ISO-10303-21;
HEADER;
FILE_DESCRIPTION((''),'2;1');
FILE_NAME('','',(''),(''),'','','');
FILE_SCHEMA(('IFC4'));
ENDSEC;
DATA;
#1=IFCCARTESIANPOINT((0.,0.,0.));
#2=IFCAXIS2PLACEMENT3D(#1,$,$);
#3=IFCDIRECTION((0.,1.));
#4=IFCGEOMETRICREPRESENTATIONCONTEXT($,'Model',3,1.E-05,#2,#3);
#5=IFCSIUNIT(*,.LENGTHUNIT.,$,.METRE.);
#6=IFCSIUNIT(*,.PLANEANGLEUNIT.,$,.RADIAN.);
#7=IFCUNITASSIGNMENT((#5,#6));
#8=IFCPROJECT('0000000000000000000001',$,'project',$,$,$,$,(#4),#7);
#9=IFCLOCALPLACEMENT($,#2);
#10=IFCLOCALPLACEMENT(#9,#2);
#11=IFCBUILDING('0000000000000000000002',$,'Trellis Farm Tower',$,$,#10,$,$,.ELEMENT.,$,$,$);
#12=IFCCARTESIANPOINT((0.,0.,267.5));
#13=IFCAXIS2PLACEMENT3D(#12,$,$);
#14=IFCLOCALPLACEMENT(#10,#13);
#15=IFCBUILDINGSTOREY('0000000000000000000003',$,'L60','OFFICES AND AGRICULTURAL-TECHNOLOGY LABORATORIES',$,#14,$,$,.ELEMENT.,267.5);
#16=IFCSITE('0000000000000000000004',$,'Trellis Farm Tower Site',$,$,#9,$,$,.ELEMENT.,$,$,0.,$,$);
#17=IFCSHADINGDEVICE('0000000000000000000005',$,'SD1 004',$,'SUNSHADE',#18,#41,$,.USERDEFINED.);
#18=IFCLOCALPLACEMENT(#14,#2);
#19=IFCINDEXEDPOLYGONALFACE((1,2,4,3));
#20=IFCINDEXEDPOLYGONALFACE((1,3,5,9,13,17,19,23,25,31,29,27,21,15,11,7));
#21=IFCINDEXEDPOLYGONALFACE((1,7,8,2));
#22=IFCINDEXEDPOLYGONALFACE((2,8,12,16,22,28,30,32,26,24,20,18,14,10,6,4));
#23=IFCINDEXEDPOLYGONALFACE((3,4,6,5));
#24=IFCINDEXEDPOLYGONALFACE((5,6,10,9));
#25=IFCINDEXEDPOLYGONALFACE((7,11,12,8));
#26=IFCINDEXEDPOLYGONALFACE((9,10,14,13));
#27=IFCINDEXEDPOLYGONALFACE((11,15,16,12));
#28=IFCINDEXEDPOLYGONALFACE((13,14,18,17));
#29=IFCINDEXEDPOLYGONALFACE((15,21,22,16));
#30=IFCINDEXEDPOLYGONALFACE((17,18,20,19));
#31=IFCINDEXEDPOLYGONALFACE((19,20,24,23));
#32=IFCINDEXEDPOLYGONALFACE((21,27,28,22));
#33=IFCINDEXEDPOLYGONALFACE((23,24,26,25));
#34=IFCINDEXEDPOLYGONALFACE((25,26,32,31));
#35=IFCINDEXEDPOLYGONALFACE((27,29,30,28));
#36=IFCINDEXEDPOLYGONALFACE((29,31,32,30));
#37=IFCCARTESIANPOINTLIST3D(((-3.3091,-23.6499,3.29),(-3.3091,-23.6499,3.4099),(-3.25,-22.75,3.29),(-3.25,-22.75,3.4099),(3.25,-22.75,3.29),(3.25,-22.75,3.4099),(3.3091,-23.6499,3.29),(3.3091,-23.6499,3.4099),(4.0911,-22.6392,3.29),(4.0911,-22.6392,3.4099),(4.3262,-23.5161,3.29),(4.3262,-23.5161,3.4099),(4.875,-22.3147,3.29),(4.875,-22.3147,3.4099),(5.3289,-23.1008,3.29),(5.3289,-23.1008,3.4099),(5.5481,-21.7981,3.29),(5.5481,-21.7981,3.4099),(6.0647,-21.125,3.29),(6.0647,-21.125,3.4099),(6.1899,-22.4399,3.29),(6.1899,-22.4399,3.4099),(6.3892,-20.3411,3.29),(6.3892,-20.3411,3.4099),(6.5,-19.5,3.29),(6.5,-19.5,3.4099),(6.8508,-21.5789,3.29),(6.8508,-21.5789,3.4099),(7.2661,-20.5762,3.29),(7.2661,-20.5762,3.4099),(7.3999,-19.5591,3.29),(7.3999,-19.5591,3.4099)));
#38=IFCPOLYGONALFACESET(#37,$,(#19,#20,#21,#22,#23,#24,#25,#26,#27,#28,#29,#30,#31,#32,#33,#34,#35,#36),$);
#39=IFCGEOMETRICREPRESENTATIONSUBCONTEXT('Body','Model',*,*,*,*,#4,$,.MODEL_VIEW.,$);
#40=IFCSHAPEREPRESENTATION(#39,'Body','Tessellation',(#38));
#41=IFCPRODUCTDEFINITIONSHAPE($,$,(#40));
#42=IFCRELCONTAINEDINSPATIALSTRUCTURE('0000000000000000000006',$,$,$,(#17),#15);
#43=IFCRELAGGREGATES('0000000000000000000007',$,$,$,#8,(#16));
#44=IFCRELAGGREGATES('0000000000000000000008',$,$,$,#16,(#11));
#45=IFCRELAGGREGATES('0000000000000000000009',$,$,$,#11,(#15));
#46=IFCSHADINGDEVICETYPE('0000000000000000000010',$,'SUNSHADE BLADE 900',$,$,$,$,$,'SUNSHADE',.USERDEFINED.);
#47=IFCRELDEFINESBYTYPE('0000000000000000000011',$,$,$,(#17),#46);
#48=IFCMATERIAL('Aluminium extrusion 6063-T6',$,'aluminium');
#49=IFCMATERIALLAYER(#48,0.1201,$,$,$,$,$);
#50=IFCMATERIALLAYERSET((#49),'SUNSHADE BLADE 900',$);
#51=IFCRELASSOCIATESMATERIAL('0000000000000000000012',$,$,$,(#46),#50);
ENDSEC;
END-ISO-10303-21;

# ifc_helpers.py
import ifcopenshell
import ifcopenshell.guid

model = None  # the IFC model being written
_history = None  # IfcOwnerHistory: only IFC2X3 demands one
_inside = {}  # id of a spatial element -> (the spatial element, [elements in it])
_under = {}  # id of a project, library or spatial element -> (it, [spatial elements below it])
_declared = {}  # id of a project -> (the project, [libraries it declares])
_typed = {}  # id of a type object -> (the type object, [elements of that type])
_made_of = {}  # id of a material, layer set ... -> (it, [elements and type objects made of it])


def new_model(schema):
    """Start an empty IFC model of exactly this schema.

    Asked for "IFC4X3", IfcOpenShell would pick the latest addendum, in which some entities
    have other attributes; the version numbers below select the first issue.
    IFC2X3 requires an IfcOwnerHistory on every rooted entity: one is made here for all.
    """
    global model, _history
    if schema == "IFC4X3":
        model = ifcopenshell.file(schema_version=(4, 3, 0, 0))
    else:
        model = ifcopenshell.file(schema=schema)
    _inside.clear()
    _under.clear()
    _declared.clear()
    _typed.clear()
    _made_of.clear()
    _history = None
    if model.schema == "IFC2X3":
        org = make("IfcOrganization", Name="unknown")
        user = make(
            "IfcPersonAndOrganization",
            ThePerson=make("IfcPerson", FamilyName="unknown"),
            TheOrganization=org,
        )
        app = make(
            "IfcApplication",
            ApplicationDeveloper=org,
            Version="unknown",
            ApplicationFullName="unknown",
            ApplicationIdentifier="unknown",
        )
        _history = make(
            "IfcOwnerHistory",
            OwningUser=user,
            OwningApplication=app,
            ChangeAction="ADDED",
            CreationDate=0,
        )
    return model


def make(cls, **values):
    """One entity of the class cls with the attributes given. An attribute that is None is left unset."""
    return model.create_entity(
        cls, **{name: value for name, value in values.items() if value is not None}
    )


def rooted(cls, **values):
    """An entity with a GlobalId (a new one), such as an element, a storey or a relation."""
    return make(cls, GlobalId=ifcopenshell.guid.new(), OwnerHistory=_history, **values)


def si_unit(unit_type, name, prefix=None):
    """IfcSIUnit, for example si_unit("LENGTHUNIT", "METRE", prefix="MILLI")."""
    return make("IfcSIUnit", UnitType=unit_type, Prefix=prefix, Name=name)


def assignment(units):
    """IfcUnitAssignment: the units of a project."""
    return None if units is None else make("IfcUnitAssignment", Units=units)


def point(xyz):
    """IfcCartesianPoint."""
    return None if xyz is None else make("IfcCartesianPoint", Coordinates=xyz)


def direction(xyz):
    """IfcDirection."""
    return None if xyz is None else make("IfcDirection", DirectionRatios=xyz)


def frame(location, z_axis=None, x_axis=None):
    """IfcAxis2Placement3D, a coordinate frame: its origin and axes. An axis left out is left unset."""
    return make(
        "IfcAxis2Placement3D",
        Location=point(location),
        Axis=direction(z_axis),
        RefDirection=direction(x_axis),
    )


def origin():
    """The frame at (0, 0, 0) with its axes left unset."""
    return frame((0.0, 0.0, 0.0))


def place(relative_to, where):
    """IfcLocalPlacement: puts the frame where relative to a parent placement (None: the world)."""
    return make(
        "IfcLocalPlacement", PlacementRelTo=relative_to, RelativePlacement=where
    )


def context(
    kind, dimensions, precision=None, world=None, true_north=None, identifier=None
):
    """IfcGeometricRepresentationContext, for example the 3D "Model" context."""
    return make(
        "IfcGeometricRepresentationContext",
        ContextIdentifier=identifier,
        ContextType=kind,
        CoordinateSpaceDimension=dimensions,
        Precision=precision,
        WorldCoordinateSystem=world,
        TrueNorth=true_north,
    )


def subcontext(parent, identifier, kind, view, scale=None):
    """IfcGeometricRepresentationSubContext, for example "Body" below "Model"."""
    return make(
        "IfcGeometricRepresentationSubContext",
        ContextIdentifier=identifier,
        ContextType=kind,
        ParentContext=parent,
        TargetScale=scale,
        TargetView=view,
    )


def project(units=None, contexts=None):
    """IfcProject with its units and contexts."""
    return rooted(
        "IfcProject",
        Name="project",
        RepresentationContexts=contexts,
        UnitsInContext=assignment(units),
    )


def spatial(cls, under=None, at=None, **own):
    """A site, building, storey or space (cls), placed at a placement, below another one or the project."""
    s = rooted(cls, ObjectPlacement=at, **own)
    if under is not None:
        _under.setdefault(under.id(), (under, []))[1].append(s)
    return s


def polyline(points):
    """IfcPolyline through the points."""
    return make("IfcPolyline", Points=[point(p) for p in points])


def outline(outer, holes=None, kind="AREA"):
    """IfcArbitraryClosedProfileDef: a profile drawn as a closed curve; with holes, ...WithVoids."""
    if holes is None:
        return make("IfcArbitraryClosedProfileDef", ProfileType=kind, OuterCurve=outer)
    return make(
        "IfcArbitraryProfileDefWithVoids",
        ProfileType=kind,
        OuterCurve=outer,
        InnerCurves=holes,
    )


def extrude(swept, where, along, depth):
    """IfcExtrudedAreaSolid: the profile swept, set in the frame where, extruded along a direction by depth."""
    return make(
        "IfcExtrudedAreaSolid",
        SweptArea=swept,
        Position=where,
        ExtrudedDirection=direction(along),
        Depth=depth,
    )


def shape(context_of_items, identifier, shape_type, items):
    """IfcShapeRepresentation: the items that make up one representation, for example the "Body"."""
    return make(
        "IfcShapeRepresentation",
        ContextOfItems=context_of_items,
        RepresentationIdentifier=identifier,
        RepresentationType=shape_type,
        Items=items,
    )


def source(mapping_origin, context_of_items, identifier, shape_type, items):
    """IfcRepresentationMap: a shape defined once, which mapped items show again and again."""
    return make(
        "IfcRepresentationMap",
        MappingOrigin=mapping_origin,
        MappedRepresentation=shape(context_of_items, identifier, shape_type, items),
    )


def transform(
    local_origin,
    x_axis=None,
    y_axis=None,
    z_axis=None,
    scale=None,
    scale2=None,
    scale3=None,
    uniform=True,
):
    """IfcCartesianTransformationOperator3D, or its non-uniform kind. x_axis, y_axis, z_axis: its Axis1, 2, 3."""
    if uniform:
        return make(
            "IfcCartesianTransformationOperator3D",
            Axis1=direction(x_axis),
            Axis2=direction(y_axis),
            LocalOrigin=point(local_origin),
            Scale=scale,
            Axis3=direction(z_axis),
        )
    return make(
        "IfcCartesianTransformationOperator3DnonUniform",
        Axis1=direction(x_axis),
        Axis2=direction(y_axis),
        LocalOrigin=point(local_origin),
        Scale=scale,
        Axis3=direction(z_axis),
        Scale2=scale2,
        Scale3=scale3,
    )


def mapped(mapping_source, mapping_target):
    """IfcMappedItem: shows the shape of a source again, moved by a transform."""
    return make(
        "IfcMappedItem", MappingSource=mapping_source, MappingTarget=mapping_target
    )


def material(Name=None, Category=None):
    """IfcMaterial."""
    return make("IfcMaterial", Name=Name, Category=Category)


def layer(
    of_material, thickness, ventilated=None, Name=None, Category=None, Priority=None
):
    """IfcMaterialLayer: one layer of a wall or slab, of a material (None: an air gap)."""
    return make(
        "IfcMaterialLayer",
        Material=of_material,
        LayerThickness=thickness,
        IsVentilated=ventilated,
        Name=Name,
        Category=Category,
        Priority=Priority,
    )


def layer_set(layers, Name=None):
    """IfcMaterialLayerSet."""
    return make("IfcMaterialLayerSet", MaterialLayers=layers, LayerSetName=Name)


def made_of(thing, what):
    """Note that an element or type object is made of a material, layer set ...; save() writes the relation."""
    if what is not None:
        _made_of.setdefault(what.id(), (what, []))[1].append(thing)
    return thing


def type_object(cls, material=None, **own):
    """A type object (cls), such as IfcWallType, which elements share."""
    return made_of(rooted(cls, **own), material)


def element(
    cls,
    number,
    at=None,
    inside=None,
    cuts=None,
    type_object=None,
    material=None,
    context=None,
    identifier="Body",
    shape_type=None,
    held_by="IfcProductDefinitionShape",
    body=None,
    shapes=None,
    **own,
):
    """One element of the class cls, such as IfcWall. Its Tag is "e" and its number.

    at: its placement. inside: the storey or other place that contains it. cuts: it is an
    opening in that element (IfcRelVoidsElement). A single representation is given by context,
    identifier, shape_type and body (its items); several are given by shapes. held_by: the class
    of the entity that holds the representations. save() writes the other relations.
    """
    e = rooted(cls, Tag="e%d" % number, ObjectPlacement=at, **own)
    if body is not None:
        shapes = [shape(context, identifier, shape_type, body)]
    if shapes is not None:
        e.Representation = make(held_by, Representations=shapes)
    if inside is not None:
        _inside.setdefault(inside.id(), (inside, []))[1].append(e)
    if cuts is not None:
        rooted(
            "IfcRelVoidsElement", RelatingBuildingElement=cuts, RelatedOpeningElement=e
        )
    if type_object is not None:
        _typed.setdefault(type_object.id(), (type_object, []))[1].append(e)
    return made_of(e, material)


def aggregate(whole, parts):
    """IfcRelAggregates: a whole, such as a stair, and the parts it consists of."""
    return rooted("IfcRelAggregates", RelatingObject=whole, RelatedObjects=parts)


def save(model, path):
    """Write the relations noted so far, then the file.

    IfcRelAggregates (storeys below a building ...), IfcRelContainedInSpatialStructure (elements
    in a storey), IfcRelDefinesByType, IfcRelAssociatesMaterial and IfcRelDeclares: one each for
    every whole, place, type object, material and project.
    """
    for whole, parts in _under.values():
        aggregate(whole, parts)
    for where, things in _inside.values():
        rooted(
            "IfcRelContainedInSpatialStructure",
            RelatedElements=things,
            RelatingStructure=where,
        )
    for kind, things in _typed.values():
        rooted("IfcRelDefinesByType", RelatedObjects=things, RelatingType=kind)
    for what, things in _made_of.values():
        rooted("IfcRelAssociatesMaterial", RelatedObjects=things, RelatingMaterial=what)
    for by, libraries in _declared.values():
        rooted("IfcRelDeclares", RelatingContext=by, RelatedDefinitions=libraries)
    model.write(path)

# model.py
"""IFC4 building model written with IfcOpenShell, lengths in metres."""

from ifc_helpers import new_model, si_unit, direction, frame, origin, place, context, subcontext, project, spatial, polyline, outline, extrude, source, transform, mapped, material, layer, layer_set, type_object, element, save


model = new_model("IFC4")

# Units and contexts
model_context = context("Model", 3, precision=1e-05, world=origin(), true_north=direction((0.0, 1.0)))
body_context = subcontext(model_context, "Body", "Model", "MODEL_VIEW")
ifc_project = project(units=[si_unit("LENGTHUNIT", "METRE"), si_unit("PLANEANGLEUNIT", "RADIAN")], contexts=[model_context])

# Site, building, storey
site_placement = place(None, origin())
site = spatial("IfcSite", under=ifc_project, at=site_placement, Name="Trellis Farm Tower Site", CompositionType="ELEMENT", RefElevation=0.0)
building_placement = place(site_placement, origin())
building = spatial("IfcBuilding", under=site, at=building_placement, Name="Trellis Farm Tower", CompositionType="ELEMENT")
storey_placement = place(building_placement, frame((0.0, 0.0, 267.5)))
storey = spatial("IfcBuildingStorey", under=building, at=storey_placement, Name="L60", Description="OFFICES AND AGRICULTURAL-TECHNOLOGY LABORATORIES", CompositionType="ELEMENT", Elevation=267.5)

# Shared definitions
ifc_material_1 = material(Name="Aluminium extrusion 6063-T6", Category="aluminium")

# Shading device
ifc_layer_1 = layer(ifc_material_1, 0.1201)
ifc_layer_set_1 = layer_set([ifc_layer_1], Name="SUNSHADE BLADE 900")
shading_device_type = type_object("IfcShadingDeviceType", Name="SUNSHADE BLADE 900", ElementType="SUNSHADE", PredefinedType="USERDEFINED", material=ifc_layer_set_1)
shared_shape_1 = source(origin(), body_context, "Body", "SweptSolid", [
    extrude(outline(polyline([(-3.3091, -23.6499), (3.3091, -23.6499), (4.3262, -23.5161), (5.3289, -23.1008), (6.1899, -22.4399), (6.8508, -21.5789), (7.2661, -20.5762), (7.3999, -19.5591), (6.5, -19.5), (6.3892, -20.3411), (6.0647, -21.125), (5.5481, -21.7981), (4.875, -22.3147), (4.0911, -22.6392), (3.25, -22.75), (-3.25, -22.75), (-3.3091, -23.6499)])), origin(), (0.0, 0.0, 1.0), 0.1199),
])
shading_device_placement = place(storey_placement, frame((0.0, 0.0, 3.29)))
element("IfcShadingDevice", 1, at=shading_device_placement, inside=storey, type_object=shading_device_type, Name="SD1 004", ObjectType="SUNSHADE", PredefinedType="USERDEFINED", context=body_context, shape_type="MappedRepresentation", body=[
    mapped(shared_shape_1, transform((0.0, 0.0, 0.0))),
])

save(model, "model.ifc")
